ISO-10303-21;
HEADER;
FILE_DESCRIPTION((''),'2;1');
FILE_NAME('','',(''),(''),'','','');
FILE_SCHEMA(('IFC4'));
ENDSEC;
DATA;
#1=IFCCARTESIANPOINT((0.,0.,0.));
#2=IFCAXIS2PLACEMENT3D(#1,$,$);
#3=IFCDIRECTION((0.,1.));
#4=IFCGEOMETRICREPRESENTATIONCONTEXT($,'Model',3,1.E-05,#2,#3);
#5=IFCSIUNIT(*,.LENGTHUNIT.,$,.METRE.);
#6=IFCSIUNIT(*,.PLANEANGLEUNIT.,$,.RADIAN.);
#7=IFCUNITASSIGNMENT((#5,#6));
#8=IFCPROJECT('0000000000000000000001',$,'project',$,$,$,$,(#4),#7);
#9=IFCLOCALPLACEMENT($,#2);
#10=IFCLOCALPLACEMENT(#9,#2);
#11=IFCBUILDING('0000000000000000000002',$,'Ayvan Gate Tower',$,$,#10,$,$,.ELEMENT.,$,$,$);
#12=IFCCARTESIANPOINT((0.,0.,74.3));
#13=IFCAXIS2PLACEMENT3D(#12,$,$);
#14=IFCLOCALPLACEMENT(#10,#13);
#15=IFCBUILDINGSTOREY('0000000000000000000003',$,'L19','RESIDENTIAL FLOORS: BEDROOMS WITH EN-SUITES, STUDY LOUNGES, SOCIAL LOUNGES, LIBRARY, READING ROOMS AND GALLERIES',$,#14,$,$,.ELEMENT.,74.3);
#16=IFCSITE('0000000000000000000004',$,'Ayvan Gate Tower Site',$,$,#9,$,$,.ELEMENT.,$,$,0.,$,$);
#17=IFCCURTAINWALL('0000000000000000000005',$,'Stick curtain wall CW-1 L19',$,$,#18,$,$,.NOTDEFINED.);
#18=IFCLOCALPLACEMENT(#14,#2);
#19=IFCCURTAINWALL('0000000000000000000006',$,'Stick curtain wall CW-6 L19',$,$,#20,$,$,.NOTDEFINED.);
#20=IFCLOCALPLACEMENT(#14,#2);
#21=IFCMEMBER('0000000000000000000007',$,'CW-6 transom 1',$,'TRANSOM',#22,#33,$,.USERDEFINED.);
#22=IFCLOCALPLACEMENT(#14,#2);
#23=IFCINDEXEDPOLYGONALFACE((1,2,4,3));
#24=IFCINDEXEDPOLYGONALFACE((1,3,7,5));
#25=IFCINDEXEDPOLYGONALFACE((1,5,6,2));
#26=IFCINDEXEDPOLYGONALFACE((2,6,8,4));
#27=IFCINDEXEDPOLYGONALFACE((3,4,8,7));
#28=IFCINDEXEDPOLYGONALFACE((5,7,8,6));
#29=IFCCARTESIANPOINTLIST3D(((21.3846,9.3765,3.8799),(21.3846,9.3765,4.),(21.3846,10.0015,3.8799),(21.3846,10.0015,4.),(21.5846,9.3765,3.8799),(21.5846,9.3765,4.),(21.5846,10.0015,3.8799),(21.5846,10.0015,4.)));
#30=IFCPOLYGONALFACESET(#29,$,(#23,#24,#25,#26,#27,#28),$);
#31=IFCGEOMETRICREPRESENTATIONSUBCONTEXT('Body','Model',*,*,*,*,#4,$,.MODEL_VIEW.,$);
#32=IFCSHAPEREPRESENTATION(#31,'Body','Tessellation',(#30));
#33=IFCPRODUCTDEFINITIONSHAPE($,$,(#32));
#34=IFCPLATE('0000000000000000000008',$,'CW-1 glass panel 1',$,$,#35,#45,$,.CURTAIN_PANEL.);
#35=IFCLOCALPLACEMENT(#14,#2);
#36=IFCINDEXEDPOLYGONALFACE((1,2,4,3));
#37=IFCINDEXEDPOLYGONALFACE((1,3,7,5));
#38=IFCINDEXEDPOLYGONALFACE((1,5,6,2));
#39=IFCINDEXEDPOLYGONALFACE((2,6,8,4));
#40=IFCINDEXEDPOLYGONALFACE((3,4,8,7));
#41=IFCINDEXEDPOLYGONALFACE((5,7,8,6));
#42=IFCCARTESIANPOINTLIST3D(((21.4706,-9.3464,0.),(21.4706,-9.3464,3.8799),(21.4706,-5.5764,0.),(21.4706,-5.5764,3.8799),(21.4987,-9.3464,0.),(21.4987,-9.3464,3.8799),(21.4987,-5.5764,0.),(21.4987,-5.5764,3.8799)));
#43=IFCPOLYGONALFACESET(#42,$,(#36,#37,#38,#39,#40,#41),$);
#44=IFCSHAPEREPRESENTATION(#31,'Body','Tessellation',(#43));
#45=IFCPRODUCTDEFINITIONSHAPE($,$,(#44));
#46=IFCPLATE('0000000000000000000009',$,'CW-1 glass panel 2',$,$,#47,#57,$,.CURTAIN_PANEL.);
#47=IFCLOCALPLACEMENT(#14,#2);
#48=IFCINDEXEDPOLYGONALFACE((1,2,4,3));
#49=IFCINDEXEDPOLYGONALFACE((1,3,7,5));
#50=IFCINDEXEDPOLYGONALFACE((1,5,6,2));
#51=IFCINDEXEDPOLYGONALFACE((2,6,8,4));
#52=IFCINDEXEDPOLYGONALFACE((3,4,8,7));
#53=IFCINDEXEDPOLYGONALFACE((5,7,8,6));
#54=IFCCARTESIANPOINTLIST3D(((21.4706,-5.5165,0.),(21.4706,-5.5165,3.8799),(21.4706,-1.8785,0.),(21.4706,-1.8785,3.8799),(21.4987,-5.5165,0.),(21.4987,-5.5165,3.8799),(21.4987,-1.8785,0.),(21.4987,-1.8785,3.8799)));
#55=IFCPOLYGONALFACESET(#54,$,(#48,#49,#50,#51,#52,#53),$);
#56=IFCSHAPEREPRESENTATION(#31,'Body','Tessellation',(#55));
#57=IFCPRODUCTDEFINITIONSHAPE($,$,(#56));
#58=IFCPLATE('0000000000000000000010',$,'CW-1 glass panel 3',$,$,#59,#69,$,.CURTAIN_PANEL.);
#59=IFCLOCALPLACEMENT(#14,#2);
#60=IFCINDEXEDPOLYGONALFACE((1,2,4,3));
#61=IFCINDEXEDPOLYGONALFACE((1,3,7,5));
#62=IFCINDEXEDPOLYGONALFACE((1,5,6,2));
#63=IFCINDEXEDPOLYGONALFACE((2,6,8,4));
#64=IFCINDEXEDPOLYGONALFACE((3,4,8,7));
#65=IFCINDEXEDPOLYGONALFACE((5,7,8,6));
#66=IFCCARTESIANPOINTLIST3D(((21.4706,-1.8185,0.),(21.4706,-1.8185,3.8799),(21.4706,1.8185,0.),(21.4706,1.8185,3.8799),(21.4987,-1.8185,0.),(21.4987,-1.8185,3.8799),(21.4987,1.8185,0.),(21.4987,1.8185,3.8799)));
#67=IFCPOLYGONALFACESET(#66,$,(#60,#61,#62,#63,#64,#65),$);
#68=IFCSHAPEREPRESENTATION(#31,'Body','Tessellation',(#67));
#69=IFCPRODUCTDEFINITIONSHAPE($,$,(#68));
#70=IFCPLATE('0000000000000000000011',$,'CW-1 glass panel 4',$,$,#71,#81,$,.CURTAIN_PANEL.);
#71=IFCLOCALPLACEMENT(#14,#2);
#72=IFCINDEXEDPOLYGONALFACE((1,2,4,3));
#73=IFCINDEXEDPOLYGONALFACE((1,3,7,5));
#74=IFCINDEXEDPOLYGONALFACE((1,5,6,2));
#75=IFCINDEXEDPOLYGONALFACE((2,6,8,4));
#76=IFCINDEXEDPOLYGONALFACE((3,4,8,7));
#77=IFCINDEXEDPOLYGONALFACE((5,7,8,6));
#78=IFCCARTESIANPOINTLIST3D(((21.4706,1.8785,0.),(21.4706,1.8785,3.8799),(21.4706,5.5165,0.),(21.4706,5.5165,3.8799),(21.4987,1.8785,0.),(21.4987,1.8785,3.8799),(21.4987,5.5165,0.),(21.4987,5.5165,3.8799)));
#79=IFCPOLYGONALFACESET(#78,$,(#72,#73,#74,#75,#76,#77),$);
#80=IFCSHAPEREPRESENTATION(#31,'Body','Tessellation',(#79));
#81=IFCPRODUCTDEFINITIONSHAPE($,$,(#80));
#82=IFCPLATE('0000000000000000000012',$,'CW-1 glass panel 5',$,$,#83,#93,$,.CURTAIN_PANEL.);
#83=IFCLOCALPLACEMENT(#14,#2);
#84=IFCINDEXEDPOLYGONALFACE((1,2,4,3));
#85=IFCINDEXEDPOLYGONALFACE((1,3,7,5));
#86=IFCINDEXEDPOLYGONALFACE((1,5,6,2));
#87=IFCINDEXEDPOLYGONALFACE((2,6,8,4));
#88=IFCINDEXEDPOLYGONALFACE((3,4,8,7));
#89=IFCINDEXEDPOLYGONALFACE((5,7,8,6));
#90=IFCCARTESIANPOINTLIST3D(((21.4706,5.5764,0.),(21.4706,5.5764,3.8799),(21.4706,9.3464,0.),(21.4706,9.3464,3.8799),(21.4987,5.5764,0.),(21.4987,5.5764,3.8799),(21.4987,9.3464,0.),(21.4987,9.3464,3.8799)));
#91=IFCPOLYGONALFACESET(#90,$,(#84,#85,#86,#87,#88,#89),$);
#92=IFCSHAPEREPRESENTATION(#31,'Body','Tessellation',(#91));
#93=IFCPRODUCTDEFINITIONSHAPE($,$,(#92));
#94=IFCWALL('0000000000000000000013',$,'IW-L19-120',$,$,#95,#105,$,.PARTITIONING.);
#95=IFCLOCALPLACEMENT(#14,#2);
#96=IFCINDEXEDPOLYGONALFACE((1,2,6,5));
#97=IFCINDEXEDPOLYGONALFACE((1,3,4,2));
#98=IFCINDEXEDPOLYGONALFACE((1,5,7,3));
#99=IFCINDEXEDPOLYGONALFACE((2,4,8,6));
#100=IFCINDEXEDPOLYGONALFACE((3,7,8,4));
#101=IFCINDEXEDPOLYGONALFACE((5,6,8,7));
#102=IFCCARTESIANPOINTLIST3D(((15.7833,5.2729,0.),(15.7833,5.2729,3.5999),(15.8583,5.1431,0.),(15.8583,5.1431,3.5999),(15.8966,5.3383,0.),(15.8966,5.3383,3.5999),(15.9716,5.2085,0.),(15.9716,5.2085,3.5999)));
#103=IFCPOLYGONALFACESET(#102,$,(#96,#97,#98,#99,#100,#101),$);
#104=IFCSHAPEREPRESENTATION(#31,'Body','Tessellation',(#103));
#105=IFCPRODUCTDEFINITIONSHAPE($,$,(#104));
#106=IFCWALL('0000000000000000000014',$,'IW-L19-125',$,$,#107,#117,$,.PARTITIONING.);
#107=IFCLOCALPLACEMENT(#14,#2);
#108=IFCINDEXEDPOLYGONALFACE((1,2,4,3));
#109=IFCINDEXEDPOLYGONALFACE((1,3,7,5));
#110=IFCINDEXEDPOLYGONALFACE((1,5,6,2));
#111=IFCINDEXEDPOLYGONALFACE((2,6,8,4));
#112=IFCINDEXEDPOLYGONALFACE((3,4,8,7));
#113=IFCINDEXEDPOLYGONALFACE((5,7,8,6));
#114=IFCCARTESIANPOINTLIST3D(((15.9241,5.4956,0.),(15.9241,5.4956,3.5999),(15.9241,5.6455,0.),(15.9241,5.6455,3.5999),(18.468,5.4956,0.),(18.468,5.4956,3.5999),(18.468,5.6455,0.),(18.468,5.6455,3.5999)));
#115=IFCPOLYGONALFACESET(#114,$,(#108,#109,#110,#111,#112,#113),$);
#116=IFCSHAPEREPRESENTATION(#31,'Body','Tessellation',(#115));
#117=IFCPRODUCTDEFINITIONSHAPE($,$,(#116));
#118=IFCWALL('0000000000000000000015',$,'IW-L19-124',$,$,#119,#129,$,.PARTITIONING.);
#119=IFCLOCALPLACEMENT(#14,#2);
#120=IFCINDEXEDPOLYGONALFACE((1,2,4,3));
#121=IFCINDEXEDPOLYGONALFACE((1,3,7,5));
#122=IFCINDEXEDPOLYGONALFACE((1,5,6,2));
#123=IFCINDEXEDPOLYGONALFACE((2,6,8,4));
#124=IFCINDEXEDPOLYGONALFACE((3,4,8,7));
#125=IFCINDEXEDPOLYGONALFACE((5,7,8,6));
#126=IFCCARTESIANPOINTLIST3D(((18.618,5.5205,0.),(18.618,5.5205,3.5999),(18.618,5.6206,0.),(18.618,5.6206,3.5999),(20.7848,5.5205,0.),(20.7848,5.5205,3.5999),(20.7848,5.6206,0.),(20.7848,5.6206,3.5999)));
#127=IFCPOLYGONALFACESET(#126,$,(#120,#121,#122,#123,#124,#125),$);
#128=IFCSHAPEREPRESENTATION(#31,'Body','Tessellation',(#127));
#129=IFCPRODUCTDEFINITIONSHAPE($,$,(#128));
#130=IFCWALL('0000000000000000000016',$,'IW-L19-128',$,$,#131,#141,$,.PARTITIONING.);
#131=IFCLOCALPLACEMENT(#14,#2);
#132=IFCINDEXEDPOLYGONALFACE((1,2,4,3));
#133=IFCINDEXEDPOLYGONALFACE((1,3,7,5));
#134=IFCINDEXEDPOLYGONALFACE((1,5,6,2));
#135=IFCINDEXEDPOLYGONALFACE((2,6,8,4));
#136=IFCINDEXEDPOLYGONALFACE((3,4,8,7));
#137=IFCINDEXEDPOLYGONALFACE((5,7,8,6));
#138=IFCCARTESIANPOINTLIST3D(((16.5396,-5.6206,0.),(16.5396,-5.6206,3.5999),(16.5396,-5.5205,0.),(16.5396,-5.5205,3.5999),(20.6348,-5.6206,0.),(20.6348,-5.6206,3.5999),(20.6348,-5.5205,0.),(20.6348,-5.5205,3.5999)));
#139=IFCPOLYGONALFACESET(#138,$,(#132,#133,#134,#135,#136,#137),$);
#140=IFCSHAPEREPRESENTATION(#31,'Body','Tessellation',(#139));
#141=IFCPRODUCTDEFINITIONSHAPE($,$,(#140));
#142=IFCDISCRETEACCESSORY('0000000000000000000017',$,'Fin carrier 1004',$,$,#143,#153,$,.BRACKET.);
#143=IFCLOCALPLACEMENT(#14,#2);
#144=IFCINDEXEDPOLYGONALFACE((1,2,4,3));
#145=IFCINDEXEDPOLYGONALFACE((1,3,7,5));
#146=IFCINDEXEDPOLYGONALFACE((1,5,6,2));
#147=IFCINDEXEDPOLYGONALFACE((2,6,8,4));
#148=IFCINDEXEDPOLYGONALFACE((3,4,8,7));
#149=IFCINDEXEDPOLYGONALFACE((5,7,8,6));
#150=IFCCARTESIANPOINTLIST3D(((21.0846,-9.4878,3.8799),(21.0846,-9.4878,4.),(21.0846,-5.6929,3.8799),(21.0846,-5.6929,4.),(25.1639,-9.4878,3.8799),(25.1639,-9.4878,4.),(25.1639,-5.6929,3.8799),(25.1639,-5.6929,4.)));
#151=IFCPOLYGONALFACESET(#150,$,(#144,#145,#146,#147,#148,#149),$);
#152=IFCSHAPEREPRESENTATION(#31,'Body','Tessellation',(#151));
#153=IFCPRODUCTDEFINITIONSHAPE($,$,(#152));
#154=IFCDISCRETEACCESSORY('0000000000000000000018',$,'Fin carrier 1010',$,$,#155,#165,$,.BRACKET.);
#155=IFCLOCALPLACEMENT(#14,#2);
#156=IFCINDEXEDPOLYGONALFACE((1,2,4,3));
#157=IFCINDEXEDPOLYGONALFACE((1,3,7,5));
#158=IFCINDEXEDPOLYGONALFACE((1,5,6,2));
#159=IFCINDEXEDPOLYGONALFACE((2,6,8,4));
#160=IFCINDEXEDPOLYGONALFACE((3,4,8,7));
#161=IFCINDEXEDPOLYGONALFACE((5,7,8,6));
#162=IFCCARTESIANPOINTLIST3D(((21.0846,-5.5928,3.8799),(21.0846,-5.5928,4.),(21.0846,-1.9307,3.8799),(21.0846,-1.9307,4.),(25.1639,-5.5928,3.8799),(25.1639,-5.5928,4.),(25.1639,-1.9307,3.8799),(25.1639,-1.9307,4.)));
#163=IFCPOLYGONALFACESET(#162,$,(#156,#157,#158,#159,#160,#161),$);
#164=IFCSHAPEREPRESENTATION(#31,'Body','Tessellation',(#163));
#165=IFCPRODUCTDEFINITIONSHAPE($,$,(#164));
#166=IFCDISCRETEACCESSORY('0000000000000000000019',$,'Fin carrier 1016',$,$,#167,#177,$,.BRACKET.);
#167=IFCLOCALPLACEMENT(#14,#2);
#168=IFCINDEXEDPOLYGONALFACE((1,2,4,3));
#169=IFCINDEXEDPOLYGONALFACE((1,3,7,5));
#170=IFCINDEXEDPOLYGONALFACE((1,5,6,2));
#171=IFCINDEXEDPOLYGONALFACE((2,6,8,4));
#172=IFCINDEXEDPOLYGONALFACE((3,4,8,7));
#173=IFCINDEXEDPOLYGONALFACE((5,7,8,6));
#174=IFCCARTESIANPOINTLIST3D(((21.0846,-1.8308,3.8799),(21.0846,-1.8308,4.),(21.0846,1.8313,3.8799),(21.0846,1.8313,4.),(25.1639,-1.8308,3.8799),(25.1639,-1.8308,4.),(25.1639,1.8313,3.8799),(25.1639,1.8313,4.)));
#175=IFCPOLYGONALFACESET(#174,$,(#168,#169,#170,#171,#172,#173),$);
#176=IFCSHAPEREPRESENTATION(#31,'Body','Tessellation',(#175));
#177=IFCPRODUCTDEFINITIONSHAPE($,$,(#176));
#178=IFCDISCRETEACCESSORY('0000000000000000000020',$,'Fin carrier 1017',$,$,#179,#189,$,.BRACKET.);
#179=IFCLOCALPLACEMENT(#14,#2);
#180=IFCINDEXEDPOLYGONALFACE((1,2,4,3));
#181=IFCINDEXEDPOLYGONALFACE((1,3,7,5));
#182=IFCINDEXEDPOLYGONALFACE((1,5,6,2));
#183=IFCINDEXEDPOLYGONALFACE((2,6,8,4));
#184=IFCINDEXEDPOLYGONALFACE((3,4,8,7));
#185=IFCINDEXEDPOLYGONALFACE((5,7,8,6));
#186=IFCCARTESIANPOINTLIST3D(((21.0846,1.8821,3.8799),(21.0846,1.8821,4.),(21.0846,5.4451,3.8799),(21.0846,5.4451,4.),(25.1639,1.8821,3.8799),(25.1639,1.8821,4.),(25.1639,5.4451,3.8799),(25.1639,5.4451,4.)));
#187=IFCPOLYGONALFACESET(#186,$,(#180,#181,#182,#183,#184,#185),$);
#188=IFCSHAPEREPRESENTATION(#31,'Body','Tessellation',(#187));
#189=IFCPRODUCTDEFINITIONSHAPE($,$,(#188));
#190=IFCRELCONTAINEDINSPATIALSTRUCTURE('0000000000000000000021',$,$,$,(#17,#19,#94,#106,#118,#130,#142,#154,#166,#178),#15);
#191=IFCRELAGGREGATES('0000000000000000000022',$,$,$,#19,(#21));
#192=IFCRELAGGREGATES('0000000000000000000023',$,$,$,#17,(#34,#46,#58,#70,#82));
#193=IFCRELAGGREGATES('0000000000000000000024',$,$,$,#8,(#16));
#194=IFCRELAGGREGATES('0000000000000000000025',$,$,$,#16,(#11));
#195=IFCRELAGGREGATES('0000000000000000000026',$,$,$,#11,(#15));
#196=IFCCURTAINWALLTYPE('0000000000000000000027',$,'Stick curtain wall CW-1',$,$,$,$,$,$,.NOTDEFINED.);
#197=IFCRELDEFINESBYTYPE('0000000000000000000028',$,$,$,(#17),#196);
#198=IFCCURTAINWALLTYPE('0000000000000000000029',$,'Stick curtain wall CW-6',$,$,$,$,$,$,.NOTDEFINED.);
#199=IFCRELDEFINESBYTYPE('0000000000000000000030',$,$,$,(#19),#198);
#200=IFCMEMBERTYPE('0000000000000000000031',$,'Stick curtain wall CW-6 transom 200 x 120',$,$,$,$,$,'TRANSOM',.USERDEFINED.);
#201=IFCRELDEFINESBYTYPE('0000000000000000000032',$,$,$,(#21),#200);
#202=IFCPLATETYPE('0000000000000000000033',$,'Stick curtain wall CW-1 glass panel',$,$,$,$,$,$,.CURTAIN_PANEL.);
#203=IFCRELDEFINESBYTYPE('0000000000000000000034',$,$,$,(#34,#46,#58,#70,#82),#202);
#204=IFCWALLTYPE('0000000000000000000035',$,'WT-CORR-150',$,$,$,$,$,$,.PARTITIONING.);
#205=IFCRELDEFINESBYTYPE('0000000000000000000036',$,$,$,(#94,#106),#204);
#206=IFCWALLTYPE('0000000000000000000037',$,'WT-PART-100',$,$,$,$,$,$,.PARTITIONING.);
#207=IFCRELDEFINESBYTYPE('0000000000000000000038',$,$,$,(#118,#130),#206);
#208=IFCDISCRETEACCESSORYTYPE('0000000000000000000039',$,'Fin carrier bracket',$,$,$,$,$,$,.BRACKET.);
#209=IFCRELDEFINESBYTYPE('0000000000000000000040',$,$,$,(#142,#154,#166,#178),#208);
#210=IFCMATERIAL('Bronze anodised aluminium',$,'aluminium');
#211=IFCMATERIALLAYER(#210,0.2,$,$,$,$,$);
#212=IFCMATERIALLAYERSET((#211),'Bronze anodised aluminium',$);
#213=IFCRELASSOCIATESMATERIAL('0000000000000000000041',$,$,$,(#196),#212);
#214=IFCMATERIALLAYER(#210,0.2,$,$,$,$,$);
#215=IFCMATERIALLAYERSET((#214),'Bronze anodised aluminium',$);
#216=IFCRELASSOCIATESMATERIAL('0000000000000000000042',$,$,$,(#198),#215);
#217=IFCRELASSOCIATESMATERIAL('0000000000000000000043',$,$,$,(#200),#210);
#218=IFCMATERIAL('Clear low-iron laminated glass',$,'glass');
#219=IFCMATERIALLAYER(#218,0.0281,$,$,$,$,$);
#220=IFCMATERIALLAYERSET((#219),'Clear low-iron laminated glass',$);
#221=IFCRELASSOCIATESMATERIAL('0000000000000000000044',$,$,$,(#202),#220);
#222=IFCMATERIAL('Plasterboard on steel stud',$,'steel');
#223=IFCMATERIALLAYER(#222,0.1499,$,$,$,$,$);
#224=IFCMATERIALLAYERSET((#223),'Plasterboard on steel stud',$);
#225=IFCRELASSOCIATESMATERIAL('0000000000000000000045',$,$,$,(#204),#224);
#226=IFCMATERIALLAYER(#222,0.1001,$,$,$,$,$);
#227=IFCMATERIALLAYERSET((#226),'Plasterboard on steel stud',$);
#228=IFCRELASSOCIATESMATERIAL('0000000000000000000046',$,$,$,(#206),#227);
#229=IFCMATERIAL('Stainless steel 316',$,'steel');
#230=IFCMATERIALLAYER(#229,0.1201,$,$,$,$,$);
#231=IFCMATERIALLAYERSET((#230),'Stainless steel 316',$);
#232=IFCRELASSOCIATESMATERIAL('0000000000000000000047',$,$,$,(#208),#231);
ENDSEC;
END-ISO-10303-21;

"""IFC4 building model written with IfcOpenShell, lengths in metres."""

from ifc_helpers import new_model, si_unit, direction, frame, frame_2d, origin, origin_2d, place, context, subcontext, project, spatial, rectangle, extrude, material, layer, layer_set, material_profile, profile_set, type_object, element, aggregate, save


model = new_model("IFC4")

# Units and contexts
model_context = context("Model", 3, precision=1e-05, world=origin(), true_north=direction((0.0, 1.0)))
body_context = subcontext(model_context, "Body", "Model", "MODEL_VIEW")
ifc_project = project(units=[si_unit("LENGTHUNIT", "METRE"), si_unit("PLANEANGLEUNIT", "RADIAN")], contexts=[model_context])

# Site, building, storey
site_placement = place(None, origin())
site = spatial("IfcSite", under=ifc_project, at=site_placement, Name="Ayvan Gate Tower Site", CompositionType="ELEMENT", RefElevation=0.0)
building_placement = place(site_placement, origin())
building = spatial("IfcBuilding", under=site, at=building_placement, Name="Ayvan Gate Tower", CompositionType="ELEMENT")
storey_placement = place(building_placement, frame((0.0, 0.0, 74.3)))
storey = spatial("IfcBuildingStorey", under=building, at=storey_placement, Name="L19", Description="RESIDENTIAL FLOORS: BEDROOMS WITH EN-SUITES, STUDY LOUNGES, SOCIAL LOUNGES, LIBRARY, READING ROOMS AND GALLERIES", CompositionType="ELEMENT", Elevation=74.3)

# Curtain wall
ifc_material_1 = material(Name="Bronze anodised aluminium", Category="aluminium")
ifc_layer_1 = layer(ifc_material_1, 0.2)
ifc_layer_set_1 = layer_set([ifc_layer_1], Name="Bronze anodised aluminium")
curtain_wall_type_1 = type_object("IfcCurtainWallType", Name="Stick curtain wall CW-1", PredefinedType="NOTDEFINED", material=ifc_layer_set_1)
curtain_wall_1_placement = place(storey_placement, origin())
curtain_wall_1 = element("IfcCurtainWall", 1, at=curtain_wall_1_placement, inside=storey, type_object=curtain_wall_type_1, Name="Stick curtain wall CW-1 L19", PredefinedType="NOTDEFINED")

# Curtain wall, member
ifc_layer_2 = layer(ifc_material_1, 0.2)
ifc_layer_set_2 = layer_set([ifc_layer_2], Name="Bronze anodised aluminium")
curtain_wall_type_2 = type_object("IfcCurtainWallType", Name="Stick curtain wall CW-6", PredefinedType="NOTDEFINED", material=ifc_layer_set_2)
curtain_wall_2_placement = place(storey_placement, origin())
curtain_wall_2 = element("IfcCurtainWall", 2, at=curtain_wall_2_placement, inside=storey, type_object=curtain_wall_type_2, Name="Stick curtain wall CW-6 L19", PredefinedType="NOTDEFINED")
ifc_material_profile_1 = material_profile(ifc_material_1, rectangle(XDim=0.2, YDim=0.1201, at=origin_2d()), Name="Stick curtain wall CW-6 transom 200 x 120")
ifc_profile_set_1 = profile_set([ifc_material_profile_1], Name="Bronze anodised aluminium")
member_type_1 = type_object("IfcMemberType", Name="Stick curtain wall CW-6 transom 200 x 120", ElementType="TRANSOM", PredefinedType="USERDEFINED", material=ifc_profile_set_1)
member_1_placement = place(storey_placement, frame((21.4846, 9.3765, 3.9399), z_axis=(0.0, 1.0, 0.0), x_axis=(-1.0, 0.0, 0.0)))
member_1 = element("IfcMember", 3, at=member_1_placement, type_object=member_type_1, Name="CW-6 transom 1", ObjectType="TRANSOM", PredefinedType="USERDEFINED", context=body_context, shape_type="SweptSolid", body=[
    extrude(rectangle(XDim=0.2, YDim=0.1201, at=origin_2d()), origin(), (0.0, 0.0, 1.0), 0.625),
])
aggregate(curtain_wall_2, [member_1])

# Plates
ifc_material_2 = material(Name="Clear low-iron laminated glass", Category="glass")
ifc_layer_3 = layer(ifc_material_2, 0.0281)
ifc_layer_set_3 = layer_set([ifc_layer_3], Name="Clear low-iron laminated glass")
plate_type = type_object("IfcPlateType", Name="Stick curtain wall CW-1 glass panel", PredefinedType="CURTAIN_PANEL", material=ifc_layer_set_3)
plate_1_placement = place(storey_placement, frame((21.4846, -7.4614, 0.0), z_axis=(0.0, 0.0, 1.0), x_axis=(0.0, 1.0, 0.0)))
plate_1 = element("IfcPlate", 4, at=plate_1_placement, type_object=plate_type, Name="CW-1 glass panel 1", PredefinedType="CURTAIN_PANEL", context=body_context, shape_type="SweptSolid", body=[
    extrude(rectangle(XDim=3.77, YDim=0.0281, at=origin_2d()), origin(), (0.0, 0.0, 1.0), 3.8799),
])
plate_2_placement = place(storey_placement, frame((21.4846, -3.6975, 0.0), z_axis=(0.0, 0.0, 1.0), x_axis=(0.0, 1.0, 0.0)))
plate_2 = element("IfcPlate", 5, at=plate_2_placement, type_object=plate_type, Name="CW-1 glass panel 2", PredefinedType="CURTAIN_PANEL", context=body_context, shape_type="SweptSolid", body=[
    extrude(rectangle(XDim=3.6379, YDim=0.0281, at=origin_2d()), origin(), (0.0, 0.0, 1.0), 3.8799),
])
plate_3_placement = place(storey_placement, frame((21.4846, 0.0, 0.0), z_axis=(0.0, 0.0, 1.0), x_axis=(0.0, 1.0, 0.0)))
plate_3 = element("IfcPlate", 6, at=plate_3_placement, type_object=plate_type, Name="CW-1 glass panel 3", PredefinedType="CURTAIN_PANEL", context=body_context, shape_type="SweptSolid", body=[
    extrude(rectangle(XDim=3.637, YDim=0.0281, at=origin_2d()), origin(), (0.0, 0.0, 1.0), 3.8799),
])
plate_4_placement = place(storey_placement, frame((21.4846, 3.6975, 0.0), z_axis=(0.0, 0.0, 1.0), x_axis=(0.0, 1.0, 0.0)))
plate_4 = element("IfcPlate", 7, at=plate_4_placement, type_object=plate_type, Name="CW-1 glass panel 4", PredefinedType="CURTAIN_PANEL", context=body_context, shape_type="SweptSolid", body=[
    extrude(rectangle(XDim=3.6379, YDim=0.0281, at=origin_2d()), origin(), (0.0, 0.0, 1.0), 3.8799),
])
plate_5_placement = place(storey_placement, frame((21.4846, 7.4614, 0.0), z_axis=(0.0, 0.0, 1.0), x_axis=(0.0, 1.0, 0.0)))
plate_5 = element("IfcPlate", 8, at=plate_5_placement, type_object=plate_type, Name="CW-1 glass panel 5", PredefinedType="CURTAIN_PANEL", context=body_context, shape_type="SweptSolid", body=[
    extrude(rectangle(XDim=3.77, YDim=0.0281, at=origin_2d()), origin(), (0.0, 0.0, 1.0), 3.8799),
])
aggregate(curtain_wall_1, [plate_1, plate_2, plate_3, plate_4, plate_5])

# Walls
ifc_material_3 = material(Name="Plasterboard on steel stud", Category="steel")
ifc_layer_4 = layer(ifc_material_3, 0.1499)
ifc_layer_set_4 = layer_set([ifc_layer_4], Name="Plasterboard on steel stud")
wall_type_1 = type_object("IfcWallType", Name="WT-CORR-150", PredefinedType="PARTITIONING", material=ifc_layer_set_4)
wall_1_placement = place(storey_placement, frame((15.9341, 5.2734, 0.0), z_axis=(0.0, 0.0, 1.0), x_axis=(-0.865937, -0.500153, 0.0)))
element("IfcWall", 9, at=wall_1_placement, inside=storey, type_object=wall_type_1, Name="IW-L19-120", PredefinedType="PARTITIONING", context=body_context, shape_type="SweptSolid", body=[
    extrude(rectangle(XDim=0.1309, YDim=0.1499, at=frame_2d((0.0654, 0.0))), origin(), (0.0, 0.0, 1.0), 3.5999),
])
wall_2_placement = place(storey_placement, frame((18.468, 5.5706, 0.0), z_axis=(0.0, 0.0, 1.0), x_axis=(-1.0, 0.0, 0.0)))
element("IfcWall", 10, at=wall_2_placement, inside=storey, type_object=wall_type_1, Name="IW-L19-125", PredefinedType="PARTITIONING", context=body_context, shape_type="SweptSolid", body=[
    extrude(rectangle(XDim=2.5439, YDim=0.1499, at=frame_2d((1.272, 0.0))), origin(), (0.0, 0.0, 1.0), 3.5999),
])
ifc_layer_5 = layer(ifc_material_3, 0.1001)
ifc_layer_set_5 = layer_set([ifc_layer_5], Name="Plasterboard on steel stud")
wall_type_2 = type_object("IfcWallType", Name="WT-PART-100", PredefinedType="PARTITIONING", material=ifc_layer_set_5)
wall_3_placement = place(storey_placement, frame((18.6179, 5.5706, 0.0), z_axis=(0.0, 0.0, 1.0), x_axis=(1.0, 0.0, 0.0)))
element("IfcWall", 11, at=wall_3_placement, inside=storey, type_object=wall_type_2, Name="IW-L19-124", PredefinedType="PARTITIONING", context=body_context, shape_type="SweptSolid", body=[
    extrude(rectangle(XDim=2.1667, YDim=0.1001, at=frame_2d((1.0835, 0.0))), origin(), (0.0, 0.0, 1.0), 3.5999),
])
wall_4_placement = place(storey_placement, frame((20.6348, -5.5706, 0.0), z_axis=(0.0, 0.0, 1.0), x_axis=(-1.0, 0.0, 0.0)))
element("IfcWall", 12, at=wall_4_placement, inside=storey, type_object=wall_type_2, Name="IW-L19-128", PredefinedType="PARTITIONING", context=body_context, shape_type="SweptSolid", body=[
    extrude(rectangle(XDim=4.0952, YDim=0.1001, at=frame_2d((2.0476, 0.0))), origin(), (0.0, 0.0, 1.0), 3.5999),
])

# Discrete accessories
ifc_material_4 = material(Name="Stainless steel 316", Category="steel")
ifc_layer_6 = layer(ifc_material_4, 0.1201)
ifc_layer_set_6 = layer_set([ifc_layer_6], Name="Stainless steel 316")
discrete_accessory_type = type_object("IfcDiscreteAccessoryType", Name="Fin carrier bracket", PredefinedType="BRACKET", material=ifc_layer_set_6)
discrete_accessory_1_placement = place(storey_placement, frame((23.1243, -7.5903, 3.8799), z_axis=(0.0, 0.0, 1.0), x_axis=(0.0, 1.0, 0.0)))
element("IfcDiscreteAccessory", 13, at=discrete_accessory_1_placement, inside=storey, type_object=discrete_accessory_type, Name="Fin carrier 1004", PredefinedType="BRACKET", context=body_context, shape_type="SweptSolid", body=[
    extrude(rectangle(XDim=3.7949, YDim=4.0793, at=origin_2d()), origin(), (0.0, 0.0, 1.0), 0.1201),
])
for number, where, z_axis, x_axis, name in (
    (14, (23.1243, -3.7617, 3.8799), (0.0, 0.0, 1.0), (0.0, 1.0, 0.0), "Fin carrier 1010"),
    (15, (23.1243, 0.0002, 3.8799), (0.0, 0.0, 1.0), (0.0, 1.0, 0.0), "Fin carrier 1016"),
):
    element("IfcDiscreteAccessory", number, at=place(storey_placement, frame(where, z_axis=z_axis, x_axis=x_axis)), inside=storey, type_object=discrete_accessory_type, Name=name, PredefinedType="BRACKET", context=body_context, shape_type="SweptSolid", body=[
        extrude(rectangle(XDim=3.6621, YDim=4.0793, at=origin_2d()), origin(), (0.0, 0.0, 1.0), 0.1201),
    ])
discrete_accessory_2_placement = place(storey_placement, frame((23.1243, 3.6636, 3.8799), z_axis=(0.0, 0.0, 1.0), x_axis=(0.0, 1.0, 0.0)))
element("IfcDiscreteAccessory", 16, at=discrete_accessory_2_placement, inside=storey, type_object=discrete_accessory_type, Name="Fin carrier 1017", PredefinedType="BRACKET", context=body_context, shape_type="SweptSolid", body=[
    extrude(rectangle(XDim=3.563, YDim=4.0793, at=origin_2d()), origin(), (0.0, 0.0, 1.0), 0.1201),
])

save(model, "model.ifc")
